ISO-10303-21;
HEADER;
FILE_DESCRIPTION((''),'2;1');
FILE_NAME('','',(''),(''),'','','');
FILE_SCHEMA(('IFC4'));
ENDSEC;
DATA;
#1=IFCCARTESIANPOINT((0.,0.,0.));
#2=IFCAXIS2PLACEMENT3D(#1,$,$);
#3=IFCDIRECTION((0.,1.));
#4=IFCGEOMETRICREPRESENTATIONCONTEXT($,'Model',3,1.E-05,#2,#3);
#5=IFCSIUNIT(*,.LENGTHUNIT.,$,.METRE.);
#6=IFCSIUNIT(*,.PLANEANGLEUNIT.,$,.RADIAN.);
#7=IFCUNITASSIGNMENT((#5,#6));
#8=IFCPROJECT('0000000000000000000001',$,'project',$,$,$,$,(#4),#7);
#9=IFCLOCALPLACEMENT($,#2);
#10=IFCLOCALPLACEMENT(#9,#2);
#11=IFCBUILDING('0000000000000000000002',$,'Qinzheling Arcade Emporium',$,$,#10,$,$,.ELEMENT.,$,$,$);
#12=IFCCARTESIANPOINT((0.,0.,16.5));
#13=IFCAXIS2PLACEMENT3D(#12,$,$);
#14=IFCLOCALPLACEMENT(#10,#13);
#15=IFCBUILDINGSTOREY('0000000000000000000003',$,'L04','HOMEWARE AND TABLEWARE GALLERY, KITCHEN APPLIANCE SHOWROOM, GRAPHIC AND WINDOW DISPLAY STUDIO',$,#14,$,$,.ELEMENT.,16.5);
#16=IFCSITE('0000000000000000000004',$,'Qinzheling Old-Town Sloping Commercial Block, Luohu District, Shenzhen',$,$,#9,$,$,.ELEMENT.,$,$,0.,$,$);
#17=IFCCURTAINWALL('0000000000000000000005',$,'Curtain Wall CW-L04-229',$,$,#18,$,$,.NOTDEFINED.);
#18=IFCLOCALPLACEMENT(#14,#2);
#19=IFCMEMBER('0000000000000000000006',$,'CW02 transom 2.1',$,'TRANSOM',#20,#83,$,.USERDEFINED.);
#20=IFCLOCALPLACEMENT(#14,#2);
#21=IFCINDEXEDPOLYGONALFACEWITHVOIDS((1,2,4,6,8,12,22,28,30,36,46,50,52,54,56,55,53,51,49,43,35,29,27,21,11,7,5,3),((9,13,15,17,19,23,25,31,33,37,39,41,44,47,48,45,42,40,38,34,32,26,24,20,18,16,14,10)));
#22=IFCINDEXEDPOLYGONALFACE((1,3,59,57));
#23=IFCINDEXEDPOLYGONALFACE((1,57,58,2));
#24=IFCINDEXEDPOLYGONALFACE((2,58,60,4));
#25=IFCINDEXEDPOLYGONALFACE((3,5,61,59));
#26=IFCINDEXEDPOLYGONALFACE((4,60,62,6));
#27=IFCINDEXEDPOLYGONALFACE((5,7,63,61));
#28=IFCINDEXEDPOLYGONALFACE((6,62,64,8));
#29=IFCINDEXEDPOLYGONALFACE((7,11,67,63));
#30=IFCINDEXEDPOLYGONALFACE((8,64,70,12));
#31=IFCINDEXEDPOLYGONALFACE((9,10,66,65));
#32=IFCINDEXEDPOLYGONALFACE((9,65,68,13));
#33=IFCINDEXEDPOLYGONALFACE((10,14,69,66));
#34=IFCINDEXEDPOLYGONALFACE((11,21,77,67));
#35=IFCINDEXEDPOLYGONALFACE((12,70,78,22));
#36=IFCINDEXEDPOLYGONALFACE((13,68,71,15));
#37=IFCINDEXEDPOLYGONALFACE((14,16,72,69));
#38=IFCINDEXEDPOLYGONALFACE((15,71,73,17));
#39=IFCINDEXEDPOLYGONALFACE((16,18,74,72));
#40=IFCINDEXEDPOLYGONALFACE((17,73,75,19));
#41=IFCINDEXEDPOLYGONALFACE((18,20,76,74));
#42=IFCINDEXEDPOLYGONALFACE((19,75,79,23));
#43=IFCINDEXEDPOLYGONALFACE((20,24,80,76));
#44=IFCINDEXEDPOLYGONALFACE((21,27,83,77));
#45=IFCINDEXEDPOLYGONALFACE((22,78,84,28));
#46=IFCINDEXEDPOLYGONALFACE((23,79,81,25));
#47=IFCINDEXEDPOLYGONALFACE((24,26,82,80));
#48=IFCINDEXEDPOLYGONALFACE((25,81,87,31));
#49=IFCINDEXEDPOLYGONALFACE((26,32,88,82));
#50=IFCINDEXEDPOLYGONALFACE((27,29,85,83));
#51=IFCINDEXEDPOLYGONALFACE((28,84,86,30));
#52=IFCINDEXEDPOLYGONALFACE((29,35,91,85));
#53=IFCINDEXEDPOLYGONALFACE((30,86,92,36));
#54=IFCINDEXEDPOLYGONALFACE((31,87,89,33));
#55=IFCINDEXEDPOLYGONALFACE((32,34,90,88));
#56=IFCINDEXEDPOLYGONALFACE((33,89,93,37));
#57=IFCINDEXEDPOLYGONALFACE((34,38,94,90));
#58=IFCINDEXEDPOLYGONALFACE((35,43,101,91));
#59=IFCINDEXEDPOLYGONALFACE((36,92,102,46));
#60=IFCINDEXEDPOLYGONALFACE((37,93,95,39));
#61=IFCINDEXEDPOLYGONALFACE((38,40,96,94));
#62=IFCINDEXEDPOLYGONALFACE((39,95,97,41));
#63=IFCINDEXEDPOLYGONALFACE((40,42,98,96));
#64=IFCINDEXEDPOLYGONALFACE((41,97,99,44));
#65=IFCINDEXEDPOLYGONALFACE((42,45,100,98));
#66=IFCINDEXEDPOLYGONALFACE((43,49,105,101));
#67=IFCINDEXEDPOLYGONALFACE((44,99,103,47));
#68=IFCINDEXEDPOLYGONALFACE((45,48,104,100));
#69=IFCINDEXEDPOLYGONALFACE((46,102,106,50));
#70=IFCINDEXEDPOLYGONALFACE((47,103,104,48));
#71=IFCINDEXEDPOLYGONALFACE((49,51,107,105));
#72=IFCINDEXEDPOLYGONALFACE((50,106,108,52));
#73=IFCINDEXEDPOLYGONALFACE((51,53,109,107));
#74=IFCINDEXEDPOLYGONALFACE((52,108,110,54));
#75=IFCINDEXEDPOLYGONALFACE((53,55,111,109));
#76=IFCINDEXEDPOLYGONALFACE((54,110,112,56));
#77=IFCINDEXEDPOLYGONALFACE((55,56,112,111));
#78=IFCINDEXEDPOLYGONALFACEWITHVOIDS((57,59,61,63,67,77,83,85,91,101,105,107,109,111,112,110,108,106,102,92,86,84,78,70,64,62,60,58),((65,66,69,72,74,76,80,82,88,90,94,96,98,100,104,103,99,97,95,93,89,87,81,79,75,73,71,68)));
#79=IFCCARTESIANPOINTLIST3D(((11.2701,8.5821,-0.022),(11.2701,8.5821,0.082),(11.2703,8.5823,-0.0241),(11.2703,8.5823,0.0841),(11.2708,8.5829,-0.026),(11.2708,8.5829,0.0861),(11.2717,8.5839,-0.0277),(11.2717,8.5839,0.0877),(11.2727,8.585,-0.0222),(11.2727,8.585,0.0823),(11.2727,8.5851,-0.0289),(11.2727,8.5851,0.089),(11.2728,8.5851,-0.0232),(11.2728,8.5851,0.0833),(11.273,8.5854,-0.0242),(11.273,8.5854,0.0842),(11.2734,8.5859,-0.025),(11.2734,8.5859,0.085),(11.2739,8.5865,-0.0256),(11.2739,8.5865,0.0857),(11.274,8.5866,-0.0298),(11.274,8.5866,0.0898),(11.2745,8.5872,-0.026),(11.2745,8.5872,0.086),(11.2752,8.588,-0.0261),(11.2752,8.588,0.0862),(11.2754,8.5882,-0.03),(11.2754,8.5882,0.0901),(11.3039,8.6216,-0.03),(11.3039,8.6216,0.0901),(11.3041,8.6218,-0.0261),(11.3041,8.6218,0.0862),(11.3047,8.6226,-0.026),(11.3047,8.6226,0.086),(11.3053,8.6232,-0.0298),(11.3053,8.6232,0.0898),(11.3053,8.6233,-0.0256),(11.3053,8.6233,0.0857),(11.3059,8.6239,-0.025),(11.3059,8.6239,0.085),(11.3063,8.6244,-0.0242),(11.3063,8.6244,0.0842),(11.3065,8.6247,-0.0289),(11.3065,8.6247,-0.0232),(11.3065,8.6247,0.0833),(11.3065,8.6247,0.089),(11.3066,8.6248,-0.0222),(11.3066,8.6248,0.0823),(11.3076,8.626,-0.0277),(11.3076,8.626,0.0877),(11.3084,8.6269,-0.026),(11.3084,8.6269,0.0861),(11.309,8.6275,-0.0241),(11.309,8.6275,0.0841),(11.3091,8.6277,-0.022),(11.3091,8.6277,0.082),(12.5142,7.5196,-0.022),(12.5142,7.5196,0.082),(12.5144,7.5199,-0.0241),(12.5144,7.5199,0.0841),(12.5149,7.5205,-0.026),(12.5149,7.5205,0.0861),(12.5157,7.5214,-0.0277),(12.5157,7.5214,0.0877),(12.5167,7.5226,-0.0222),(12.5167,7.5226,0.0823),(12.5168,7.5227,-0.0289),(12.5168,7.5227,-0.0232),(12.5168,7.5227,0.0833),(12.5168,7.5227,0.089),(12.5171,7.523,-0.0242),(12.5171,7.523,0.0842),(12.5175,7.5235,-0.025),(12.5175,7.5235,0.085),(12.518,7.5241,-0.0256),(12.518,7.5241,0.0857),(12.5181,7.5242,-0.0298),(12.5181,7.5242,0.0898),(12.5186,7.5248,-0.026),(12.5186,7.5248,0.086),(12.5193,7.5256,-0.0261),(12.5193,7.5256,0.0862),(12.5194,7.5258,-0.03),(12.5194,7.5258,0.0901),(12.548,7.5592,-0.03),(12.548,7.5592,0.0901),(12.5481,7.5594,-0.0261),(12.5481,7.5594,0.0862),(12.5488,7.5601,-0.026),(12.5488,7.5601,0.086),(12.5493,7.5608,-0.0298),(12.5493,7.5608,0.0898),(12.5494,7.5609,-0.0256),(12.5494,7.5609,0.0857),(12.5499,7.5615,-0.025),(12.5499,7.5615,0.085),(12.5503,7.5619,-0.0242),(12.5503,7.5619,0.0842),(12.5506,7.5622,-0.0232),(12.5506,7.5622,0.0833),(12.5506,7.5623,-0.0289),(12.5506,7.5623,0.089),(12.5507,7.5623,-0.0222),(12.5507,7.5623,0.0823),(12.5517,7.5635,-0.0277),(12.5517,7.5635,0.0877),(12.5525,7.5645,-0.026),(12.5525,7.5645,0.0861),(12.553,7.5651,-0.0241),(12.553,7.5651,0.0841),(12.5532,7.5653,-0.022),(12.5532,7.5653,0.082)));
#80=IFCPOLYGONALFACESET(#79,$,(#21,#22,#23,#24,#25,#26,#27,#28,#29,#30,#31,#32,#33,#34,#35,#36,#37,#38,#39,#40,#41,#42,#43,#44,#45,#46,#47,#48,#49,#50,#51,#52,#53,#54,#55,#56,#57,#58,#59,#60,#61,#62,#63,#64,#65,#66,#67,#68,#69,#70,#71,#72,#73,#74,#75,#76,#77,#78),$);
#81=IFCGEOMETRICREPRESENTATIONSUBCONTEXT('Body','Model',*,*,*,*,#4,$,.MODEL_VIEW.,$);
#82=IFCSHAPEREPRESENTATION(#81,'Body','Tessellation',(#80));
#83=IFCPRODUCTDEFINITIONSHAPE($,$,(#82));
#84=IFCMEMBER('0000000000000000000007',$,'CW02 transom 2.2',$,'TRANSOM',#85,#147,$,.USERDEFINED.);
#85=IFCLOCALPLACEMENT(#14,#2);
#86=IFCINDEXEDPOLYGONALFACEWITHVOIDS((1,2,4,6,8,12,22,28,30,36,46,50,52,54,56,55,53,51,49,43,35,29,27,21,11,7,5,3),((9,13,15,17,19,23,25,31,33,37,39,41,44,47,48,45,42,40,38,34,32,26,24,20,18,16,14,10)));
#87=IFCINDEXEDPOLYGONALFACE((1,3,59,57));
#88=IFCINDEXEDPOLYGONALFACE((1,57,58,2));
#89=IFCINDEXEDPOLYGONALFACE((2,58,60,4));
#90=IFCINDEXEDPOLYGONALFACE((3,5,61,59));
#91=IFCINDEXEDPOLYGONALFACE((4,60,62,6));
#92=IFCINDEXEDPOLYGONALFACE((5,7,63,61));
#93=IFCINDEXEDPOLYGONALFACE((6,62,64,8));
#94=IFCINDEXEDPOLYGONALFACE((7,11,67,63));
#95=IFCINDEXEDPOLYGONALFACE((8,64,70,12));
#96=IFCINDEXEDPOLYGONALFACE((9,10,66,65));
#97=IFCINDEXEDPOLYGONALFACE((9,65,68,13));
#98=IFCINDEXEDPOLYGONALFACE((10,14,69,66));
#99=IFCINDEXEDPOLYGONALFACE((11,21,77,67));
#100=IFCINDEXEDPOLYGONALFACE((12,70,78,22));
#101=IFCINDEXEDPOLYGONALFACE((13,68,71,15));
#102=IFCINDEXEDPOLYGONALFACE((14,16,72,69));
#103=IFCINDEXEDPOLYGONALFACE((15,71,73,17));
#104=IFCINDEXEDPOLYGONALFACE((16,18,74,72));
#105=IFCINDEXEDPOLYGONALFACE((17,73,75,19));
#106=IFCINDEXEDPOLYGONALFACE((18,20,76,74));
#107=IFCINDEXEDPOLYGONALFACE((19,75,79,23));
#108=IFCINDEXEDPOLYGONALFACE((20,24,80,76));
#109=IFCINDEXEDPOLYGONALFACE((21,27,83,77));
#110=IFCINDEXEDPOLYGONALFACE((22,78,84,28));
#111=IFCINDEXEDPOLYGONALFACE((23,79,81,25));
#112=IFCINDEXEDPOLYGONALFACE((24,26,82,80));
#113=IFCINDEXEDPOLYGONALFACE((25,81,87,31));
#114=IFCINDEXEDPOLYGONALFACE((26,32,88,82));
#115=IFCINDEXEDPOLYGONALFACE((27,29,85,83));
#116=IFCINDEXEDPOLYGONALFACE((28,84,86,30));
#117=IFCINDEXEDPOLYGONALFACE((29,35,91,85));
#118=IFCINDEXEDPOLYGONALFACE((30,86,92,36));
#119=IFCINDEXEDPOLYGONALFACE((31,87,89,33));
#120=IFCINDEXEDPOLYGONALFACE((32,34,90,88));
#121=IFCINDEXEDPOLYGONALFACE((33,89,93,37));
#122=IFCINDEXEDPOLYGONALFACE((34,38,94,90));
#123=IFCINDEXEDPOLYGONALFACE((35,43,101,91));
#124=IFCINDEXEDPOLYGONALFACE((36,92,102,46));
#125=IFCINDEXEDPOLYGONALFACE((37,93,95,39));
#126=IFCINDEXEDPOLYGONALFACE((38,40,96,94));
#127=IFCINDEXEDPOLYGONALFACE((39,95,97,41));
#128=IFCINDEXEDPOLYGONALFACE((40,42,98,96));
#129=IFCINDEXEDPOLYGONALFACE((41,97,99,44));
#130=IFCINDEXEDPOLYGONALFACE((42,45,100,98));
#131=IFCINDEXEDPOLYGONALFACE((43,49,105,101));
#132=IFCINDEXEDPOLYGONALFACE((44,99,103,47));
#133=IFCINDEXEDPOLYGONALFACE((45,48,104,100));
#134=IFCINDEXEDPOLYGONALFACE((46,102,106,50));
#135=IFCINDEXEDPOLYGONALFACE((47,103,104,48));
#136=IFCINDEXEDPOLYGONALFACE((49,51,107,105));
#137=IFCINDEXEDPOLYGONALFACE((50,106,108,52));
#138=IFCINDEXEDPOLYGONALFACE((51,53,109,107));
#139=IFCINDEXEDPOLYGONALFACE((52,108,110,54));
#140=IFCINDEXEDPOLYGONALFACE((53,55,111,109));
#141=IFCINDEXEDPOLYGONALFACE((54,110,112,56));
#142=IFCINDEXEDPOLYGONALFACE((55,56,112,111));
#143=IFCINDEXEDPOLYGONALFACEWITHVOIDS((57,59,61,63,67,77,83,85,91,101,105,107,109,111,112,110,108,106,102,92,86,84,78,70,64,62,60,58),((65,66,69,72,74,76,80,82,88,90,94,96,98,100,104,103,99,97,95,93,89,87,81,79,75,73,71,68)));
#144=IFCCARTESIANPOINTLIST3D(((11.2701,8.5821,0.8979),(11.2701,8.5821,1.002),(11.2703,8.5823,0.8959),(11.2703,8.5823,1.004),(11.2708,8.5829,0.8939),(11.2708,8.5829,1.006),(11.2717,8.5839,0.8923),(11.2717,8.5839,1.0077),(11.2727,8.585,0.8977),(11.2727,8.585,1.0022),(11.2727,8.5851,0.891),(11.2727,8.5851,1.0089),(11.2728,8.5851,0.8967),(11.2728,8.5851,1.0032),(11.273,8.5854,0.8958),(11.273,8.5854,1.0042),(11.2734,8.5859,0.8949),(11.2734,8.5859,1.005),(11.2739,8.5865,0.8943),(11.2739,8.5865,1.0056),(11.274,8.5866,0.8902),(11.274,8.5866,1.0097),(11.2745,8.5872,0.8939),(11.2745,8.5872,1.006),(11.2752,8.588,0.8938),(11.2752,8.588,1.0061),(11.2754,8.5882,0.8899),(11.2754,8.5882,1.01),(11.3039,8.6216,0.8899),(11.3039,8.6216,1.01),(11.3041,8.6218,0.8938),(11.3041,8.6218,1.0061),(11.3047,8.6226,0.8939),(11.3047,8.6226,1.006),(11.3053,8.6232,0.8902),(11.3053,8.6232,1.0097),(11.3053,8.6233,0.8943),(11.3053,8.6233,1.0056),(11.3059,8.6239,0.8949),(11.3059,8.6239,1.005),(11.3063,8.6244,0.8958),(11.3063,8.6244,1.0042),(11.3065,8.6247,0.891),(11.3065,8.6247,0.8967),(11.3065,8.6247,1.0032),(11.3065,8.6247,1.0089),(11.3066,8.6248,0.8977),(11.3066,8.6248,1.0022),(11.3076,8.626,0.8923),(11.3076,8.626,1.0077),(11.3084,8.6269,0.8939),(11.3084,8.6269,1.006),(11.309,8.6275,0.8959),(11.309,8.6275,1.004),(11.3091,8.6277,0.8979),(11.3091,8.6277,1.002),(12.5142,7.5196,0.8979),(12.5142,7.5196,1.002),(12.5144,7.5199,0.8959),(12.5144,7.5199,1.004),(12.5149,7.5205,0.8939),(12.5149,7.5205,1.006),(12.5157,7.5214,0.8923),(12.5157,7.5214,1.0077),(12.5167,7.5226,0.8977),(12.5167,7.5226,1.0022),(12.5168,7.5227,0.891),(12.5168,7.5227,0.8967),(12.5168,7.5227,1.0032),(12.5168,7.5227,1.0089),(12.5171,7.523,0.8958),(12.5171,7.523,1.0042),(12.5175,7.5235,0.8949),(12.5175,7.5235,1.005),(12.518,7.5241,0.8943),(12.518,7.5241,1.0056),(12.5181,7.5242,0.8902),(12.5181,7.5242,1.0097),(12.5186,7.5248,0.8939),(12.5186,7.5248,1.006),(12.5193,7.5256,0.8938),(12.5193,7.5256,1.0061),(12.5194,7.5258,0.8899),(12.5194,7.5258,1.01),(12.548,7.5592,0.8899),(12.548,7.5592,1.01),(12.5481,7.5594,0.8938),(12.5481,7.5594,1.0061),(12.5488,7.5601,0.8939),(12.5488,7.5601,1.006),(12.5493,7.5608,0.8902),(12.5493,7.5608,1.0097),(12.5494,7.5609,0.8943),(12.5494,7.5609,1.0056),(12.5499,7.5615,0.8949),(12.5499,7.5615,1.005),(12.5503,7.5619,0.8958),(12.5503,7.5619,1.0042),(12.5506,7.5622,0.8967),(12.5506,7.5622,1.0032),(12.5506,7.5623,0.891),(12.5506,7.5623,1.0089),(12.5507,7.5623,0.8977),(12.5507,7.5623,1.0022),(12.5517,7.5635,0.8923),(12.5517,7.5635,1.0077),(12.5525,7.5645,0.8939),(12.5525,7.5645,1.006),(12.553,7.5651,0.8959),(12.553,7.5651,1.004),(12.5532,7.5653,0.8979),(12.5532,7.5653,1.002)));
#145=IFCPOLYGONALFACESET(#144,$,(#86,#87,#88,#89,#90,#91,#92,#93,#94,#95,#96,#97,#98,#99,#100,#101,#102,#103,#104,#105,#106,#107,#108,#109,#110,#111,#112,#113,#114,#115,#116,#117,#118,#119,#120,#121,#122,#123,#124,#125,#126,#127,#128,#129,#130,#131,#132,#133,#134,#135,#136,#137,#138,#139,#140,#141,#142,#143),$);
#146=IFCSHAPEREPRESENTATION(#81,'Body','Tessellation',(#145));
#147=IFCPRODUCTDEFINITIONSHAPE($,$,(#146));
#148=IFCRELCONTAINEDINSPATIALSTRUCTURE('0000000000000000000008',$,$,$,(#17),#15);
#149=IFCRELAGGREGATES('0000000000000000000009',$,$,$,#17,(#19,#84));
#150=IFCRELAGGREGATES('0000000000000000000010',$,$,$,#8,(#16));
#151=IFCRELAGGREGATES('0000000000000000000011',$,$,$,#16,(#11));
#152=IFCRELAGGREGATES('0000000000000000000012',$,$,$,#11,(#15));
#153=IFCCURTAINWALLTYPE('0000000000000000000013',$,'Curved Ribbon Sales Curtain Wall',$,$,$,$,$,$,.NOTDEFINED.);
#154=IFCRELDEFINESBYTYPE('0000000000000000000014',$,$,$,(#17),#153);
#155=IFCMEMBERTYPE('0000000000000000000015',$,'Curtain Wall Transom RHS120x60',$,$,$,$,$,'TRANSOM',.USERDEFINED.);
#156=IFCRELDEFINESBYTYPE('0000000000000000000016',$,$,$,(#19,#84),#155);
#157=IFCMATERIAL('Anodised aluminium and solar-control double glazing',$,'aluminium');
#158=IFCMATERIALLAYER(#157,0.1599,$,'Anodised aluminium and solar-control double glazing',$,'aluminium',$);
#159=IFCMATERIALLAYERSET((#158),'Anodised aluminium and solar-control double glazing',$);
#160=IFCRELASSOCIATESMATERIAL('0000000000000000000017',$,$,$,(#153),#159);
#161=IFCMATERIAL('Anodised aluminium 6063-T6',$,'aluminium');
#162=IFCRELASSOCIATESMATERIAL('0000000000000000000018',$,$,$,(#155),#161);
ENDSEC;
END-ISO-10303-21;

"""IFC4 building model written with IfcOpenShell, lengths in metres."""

from ifc_helpers import new_model, si_unit, direction, frame, origin, origin_2d, place, context, subcontext, project, spatial, hollow_rectangle, extrude, material, layer, layer_set, material_profile, profile_set, type_object, element, aggregate, save


model = new_model("IFC4")

# Units and contexts
model_context = context("Model", 3, precision=1e-05, world=origin(), true_north=direction((0.0, 1.0)))
body_context = subcontext(model_context, "Body", "Model", "MODEL_VIEW")
ifc_project = project(units=[si_unit("LENGTHUNIT", "METRE"), si_unit("PLANEANGLEUNIT", "RADIAN")], contexts=[model_context])

# Site, building, storey
site_placement = place(None, origin())
site = spatial("IfcSite", under=ifc_project, at=site_placement, Name="Qinzheling Old-Town Sloping Commercial Block, Luohu District, Shenzhen", CompositionType="ELEMENT", RefElevation=0.0)
building_placement = place(site_placement, origin())
building = spatial("IfcBuilding", under=site, at=building_placement, Name="Qinzheling Arcade Emporium", CompositionType="ELEMENT")
storey_placement = place(building_placement, frame((0.0, 0.0, 16.5)))
storey = spatial("IfcBuildingStorey", under=building, at=storey_placement, Name="L04", Description="HOMEWARE AND TABLEWARE GALLERY, KITCHEN APPLIANCE SHOWROOM, GRAPHIC AND WINDOW DISPLAY STUDIO", CompositionType="ELEMENT", Elevation=16.5)

# Shared definitions
ifc_material_1 = material(Name="Anodised aluminium and solar-control double glazing", Category="aluminium")
ifc_layer_1 = layer(ifc_material_1, 0.1599, Name="Anodised aluminium and solar-control double glazing", Category="aluminium")
ifc_layer_set_1 = layer_set([ifc_layer_1], Name="Anodised aluminium and solar-control double glazing")
curtain_wall_type = type_object("IfcCurtainWallType", Name="Curved Ribbon Sales Curtain Wall", PredefinedType="NOTDEFINED", material=ifc_layer_set_1)
ifc_material_2 = material(Name="Anodised aluminium 6063-T6", Category="aluminium")

# Curtain wall
curtain_wall_1_placement = place(storey_placement, origin())
curtain_wall_1 = element("IfcCurtainWall", 1, at=curtain_wall_1_placement, inside=storey, type_object=curtain_wall_type, Name="Curtain Wall CW-L04-229", PredefinedType="NOTDEFINED")

# Members
ifc_material_profile_1 = material_profile(ifc_material_2, hollow_rectangle(XDim=0.0601, YDim=0.1201, WallThickness=0.0039, InnerFilletRadius=0.0039, OuterFilletRadius=0.0081, at=origin_2d()), Name="RHS 120x60x4", Category="aluminium")
ifc_profile_set_1 = profile_set([ifc_material_profile_1], Name="Anodised aluminium 6063-T6")
member_type_1 = type_object("IfcMemberType", Name="Curtain Wall Transom RHS120x60", ElementType="TRANSOM", PredefinedType="USERDEFINED", material=ifc_profile_set_1)
member_1_placement = place(storey_placement, frame((12.5337, 7.5425, 0.03), z_axis=(-0.760435, 0.649414, 0.0), x_axis=(-0.649414, -0.760435, 0.0)))
member_1 = element("IfcMember", 2, at=member_1_placement, type_object=member_type_1, Name="CW02 transom 2.1", ObjectType="TRANSOM", PredefinedType="USERDEFINED", context=body_context, shape_type="SweptSolid", body=[
    extrude(hollow_rectangle(XDim=0.0601, YDim=0.1201, WallThickness=0.0039, InnerFilletRadius=0.0039, OuterFilletRadius=0.0081, at=origin_2d()), origin(), (0.0, 0.0, 1.0), 1.636),
])
member_2_placement = place(storey_placement, frame((12.5337, 7.5425, 0.95), z_axis=(-0.760435, 0.649414, 0.0), x_axis=(-0.649414, -0.760435, 0.0)))
member_2 = element("IfcMember", 3, at=member_2_placement, type_object=member_type_1, Name="CW02 transom 2.2", ObjectType="TRANSOM", PredefinedType="USERDEFINED", context=body_context, shape_type="SweptSolid", body=[
    extrude(hollow_rectangle(XDim=0.0601, YDim=0.1201, WallThickness=0.0039, InnerFilletRadius=0.0039, OuterFilletRadius=0.0081, at=origin_2d()), origin(), (0.0, 0.0, 1.0), 1.636),
])

aggregate(curtain_wall_1, [member_1, member_2])

save(model, "model.ifc")
